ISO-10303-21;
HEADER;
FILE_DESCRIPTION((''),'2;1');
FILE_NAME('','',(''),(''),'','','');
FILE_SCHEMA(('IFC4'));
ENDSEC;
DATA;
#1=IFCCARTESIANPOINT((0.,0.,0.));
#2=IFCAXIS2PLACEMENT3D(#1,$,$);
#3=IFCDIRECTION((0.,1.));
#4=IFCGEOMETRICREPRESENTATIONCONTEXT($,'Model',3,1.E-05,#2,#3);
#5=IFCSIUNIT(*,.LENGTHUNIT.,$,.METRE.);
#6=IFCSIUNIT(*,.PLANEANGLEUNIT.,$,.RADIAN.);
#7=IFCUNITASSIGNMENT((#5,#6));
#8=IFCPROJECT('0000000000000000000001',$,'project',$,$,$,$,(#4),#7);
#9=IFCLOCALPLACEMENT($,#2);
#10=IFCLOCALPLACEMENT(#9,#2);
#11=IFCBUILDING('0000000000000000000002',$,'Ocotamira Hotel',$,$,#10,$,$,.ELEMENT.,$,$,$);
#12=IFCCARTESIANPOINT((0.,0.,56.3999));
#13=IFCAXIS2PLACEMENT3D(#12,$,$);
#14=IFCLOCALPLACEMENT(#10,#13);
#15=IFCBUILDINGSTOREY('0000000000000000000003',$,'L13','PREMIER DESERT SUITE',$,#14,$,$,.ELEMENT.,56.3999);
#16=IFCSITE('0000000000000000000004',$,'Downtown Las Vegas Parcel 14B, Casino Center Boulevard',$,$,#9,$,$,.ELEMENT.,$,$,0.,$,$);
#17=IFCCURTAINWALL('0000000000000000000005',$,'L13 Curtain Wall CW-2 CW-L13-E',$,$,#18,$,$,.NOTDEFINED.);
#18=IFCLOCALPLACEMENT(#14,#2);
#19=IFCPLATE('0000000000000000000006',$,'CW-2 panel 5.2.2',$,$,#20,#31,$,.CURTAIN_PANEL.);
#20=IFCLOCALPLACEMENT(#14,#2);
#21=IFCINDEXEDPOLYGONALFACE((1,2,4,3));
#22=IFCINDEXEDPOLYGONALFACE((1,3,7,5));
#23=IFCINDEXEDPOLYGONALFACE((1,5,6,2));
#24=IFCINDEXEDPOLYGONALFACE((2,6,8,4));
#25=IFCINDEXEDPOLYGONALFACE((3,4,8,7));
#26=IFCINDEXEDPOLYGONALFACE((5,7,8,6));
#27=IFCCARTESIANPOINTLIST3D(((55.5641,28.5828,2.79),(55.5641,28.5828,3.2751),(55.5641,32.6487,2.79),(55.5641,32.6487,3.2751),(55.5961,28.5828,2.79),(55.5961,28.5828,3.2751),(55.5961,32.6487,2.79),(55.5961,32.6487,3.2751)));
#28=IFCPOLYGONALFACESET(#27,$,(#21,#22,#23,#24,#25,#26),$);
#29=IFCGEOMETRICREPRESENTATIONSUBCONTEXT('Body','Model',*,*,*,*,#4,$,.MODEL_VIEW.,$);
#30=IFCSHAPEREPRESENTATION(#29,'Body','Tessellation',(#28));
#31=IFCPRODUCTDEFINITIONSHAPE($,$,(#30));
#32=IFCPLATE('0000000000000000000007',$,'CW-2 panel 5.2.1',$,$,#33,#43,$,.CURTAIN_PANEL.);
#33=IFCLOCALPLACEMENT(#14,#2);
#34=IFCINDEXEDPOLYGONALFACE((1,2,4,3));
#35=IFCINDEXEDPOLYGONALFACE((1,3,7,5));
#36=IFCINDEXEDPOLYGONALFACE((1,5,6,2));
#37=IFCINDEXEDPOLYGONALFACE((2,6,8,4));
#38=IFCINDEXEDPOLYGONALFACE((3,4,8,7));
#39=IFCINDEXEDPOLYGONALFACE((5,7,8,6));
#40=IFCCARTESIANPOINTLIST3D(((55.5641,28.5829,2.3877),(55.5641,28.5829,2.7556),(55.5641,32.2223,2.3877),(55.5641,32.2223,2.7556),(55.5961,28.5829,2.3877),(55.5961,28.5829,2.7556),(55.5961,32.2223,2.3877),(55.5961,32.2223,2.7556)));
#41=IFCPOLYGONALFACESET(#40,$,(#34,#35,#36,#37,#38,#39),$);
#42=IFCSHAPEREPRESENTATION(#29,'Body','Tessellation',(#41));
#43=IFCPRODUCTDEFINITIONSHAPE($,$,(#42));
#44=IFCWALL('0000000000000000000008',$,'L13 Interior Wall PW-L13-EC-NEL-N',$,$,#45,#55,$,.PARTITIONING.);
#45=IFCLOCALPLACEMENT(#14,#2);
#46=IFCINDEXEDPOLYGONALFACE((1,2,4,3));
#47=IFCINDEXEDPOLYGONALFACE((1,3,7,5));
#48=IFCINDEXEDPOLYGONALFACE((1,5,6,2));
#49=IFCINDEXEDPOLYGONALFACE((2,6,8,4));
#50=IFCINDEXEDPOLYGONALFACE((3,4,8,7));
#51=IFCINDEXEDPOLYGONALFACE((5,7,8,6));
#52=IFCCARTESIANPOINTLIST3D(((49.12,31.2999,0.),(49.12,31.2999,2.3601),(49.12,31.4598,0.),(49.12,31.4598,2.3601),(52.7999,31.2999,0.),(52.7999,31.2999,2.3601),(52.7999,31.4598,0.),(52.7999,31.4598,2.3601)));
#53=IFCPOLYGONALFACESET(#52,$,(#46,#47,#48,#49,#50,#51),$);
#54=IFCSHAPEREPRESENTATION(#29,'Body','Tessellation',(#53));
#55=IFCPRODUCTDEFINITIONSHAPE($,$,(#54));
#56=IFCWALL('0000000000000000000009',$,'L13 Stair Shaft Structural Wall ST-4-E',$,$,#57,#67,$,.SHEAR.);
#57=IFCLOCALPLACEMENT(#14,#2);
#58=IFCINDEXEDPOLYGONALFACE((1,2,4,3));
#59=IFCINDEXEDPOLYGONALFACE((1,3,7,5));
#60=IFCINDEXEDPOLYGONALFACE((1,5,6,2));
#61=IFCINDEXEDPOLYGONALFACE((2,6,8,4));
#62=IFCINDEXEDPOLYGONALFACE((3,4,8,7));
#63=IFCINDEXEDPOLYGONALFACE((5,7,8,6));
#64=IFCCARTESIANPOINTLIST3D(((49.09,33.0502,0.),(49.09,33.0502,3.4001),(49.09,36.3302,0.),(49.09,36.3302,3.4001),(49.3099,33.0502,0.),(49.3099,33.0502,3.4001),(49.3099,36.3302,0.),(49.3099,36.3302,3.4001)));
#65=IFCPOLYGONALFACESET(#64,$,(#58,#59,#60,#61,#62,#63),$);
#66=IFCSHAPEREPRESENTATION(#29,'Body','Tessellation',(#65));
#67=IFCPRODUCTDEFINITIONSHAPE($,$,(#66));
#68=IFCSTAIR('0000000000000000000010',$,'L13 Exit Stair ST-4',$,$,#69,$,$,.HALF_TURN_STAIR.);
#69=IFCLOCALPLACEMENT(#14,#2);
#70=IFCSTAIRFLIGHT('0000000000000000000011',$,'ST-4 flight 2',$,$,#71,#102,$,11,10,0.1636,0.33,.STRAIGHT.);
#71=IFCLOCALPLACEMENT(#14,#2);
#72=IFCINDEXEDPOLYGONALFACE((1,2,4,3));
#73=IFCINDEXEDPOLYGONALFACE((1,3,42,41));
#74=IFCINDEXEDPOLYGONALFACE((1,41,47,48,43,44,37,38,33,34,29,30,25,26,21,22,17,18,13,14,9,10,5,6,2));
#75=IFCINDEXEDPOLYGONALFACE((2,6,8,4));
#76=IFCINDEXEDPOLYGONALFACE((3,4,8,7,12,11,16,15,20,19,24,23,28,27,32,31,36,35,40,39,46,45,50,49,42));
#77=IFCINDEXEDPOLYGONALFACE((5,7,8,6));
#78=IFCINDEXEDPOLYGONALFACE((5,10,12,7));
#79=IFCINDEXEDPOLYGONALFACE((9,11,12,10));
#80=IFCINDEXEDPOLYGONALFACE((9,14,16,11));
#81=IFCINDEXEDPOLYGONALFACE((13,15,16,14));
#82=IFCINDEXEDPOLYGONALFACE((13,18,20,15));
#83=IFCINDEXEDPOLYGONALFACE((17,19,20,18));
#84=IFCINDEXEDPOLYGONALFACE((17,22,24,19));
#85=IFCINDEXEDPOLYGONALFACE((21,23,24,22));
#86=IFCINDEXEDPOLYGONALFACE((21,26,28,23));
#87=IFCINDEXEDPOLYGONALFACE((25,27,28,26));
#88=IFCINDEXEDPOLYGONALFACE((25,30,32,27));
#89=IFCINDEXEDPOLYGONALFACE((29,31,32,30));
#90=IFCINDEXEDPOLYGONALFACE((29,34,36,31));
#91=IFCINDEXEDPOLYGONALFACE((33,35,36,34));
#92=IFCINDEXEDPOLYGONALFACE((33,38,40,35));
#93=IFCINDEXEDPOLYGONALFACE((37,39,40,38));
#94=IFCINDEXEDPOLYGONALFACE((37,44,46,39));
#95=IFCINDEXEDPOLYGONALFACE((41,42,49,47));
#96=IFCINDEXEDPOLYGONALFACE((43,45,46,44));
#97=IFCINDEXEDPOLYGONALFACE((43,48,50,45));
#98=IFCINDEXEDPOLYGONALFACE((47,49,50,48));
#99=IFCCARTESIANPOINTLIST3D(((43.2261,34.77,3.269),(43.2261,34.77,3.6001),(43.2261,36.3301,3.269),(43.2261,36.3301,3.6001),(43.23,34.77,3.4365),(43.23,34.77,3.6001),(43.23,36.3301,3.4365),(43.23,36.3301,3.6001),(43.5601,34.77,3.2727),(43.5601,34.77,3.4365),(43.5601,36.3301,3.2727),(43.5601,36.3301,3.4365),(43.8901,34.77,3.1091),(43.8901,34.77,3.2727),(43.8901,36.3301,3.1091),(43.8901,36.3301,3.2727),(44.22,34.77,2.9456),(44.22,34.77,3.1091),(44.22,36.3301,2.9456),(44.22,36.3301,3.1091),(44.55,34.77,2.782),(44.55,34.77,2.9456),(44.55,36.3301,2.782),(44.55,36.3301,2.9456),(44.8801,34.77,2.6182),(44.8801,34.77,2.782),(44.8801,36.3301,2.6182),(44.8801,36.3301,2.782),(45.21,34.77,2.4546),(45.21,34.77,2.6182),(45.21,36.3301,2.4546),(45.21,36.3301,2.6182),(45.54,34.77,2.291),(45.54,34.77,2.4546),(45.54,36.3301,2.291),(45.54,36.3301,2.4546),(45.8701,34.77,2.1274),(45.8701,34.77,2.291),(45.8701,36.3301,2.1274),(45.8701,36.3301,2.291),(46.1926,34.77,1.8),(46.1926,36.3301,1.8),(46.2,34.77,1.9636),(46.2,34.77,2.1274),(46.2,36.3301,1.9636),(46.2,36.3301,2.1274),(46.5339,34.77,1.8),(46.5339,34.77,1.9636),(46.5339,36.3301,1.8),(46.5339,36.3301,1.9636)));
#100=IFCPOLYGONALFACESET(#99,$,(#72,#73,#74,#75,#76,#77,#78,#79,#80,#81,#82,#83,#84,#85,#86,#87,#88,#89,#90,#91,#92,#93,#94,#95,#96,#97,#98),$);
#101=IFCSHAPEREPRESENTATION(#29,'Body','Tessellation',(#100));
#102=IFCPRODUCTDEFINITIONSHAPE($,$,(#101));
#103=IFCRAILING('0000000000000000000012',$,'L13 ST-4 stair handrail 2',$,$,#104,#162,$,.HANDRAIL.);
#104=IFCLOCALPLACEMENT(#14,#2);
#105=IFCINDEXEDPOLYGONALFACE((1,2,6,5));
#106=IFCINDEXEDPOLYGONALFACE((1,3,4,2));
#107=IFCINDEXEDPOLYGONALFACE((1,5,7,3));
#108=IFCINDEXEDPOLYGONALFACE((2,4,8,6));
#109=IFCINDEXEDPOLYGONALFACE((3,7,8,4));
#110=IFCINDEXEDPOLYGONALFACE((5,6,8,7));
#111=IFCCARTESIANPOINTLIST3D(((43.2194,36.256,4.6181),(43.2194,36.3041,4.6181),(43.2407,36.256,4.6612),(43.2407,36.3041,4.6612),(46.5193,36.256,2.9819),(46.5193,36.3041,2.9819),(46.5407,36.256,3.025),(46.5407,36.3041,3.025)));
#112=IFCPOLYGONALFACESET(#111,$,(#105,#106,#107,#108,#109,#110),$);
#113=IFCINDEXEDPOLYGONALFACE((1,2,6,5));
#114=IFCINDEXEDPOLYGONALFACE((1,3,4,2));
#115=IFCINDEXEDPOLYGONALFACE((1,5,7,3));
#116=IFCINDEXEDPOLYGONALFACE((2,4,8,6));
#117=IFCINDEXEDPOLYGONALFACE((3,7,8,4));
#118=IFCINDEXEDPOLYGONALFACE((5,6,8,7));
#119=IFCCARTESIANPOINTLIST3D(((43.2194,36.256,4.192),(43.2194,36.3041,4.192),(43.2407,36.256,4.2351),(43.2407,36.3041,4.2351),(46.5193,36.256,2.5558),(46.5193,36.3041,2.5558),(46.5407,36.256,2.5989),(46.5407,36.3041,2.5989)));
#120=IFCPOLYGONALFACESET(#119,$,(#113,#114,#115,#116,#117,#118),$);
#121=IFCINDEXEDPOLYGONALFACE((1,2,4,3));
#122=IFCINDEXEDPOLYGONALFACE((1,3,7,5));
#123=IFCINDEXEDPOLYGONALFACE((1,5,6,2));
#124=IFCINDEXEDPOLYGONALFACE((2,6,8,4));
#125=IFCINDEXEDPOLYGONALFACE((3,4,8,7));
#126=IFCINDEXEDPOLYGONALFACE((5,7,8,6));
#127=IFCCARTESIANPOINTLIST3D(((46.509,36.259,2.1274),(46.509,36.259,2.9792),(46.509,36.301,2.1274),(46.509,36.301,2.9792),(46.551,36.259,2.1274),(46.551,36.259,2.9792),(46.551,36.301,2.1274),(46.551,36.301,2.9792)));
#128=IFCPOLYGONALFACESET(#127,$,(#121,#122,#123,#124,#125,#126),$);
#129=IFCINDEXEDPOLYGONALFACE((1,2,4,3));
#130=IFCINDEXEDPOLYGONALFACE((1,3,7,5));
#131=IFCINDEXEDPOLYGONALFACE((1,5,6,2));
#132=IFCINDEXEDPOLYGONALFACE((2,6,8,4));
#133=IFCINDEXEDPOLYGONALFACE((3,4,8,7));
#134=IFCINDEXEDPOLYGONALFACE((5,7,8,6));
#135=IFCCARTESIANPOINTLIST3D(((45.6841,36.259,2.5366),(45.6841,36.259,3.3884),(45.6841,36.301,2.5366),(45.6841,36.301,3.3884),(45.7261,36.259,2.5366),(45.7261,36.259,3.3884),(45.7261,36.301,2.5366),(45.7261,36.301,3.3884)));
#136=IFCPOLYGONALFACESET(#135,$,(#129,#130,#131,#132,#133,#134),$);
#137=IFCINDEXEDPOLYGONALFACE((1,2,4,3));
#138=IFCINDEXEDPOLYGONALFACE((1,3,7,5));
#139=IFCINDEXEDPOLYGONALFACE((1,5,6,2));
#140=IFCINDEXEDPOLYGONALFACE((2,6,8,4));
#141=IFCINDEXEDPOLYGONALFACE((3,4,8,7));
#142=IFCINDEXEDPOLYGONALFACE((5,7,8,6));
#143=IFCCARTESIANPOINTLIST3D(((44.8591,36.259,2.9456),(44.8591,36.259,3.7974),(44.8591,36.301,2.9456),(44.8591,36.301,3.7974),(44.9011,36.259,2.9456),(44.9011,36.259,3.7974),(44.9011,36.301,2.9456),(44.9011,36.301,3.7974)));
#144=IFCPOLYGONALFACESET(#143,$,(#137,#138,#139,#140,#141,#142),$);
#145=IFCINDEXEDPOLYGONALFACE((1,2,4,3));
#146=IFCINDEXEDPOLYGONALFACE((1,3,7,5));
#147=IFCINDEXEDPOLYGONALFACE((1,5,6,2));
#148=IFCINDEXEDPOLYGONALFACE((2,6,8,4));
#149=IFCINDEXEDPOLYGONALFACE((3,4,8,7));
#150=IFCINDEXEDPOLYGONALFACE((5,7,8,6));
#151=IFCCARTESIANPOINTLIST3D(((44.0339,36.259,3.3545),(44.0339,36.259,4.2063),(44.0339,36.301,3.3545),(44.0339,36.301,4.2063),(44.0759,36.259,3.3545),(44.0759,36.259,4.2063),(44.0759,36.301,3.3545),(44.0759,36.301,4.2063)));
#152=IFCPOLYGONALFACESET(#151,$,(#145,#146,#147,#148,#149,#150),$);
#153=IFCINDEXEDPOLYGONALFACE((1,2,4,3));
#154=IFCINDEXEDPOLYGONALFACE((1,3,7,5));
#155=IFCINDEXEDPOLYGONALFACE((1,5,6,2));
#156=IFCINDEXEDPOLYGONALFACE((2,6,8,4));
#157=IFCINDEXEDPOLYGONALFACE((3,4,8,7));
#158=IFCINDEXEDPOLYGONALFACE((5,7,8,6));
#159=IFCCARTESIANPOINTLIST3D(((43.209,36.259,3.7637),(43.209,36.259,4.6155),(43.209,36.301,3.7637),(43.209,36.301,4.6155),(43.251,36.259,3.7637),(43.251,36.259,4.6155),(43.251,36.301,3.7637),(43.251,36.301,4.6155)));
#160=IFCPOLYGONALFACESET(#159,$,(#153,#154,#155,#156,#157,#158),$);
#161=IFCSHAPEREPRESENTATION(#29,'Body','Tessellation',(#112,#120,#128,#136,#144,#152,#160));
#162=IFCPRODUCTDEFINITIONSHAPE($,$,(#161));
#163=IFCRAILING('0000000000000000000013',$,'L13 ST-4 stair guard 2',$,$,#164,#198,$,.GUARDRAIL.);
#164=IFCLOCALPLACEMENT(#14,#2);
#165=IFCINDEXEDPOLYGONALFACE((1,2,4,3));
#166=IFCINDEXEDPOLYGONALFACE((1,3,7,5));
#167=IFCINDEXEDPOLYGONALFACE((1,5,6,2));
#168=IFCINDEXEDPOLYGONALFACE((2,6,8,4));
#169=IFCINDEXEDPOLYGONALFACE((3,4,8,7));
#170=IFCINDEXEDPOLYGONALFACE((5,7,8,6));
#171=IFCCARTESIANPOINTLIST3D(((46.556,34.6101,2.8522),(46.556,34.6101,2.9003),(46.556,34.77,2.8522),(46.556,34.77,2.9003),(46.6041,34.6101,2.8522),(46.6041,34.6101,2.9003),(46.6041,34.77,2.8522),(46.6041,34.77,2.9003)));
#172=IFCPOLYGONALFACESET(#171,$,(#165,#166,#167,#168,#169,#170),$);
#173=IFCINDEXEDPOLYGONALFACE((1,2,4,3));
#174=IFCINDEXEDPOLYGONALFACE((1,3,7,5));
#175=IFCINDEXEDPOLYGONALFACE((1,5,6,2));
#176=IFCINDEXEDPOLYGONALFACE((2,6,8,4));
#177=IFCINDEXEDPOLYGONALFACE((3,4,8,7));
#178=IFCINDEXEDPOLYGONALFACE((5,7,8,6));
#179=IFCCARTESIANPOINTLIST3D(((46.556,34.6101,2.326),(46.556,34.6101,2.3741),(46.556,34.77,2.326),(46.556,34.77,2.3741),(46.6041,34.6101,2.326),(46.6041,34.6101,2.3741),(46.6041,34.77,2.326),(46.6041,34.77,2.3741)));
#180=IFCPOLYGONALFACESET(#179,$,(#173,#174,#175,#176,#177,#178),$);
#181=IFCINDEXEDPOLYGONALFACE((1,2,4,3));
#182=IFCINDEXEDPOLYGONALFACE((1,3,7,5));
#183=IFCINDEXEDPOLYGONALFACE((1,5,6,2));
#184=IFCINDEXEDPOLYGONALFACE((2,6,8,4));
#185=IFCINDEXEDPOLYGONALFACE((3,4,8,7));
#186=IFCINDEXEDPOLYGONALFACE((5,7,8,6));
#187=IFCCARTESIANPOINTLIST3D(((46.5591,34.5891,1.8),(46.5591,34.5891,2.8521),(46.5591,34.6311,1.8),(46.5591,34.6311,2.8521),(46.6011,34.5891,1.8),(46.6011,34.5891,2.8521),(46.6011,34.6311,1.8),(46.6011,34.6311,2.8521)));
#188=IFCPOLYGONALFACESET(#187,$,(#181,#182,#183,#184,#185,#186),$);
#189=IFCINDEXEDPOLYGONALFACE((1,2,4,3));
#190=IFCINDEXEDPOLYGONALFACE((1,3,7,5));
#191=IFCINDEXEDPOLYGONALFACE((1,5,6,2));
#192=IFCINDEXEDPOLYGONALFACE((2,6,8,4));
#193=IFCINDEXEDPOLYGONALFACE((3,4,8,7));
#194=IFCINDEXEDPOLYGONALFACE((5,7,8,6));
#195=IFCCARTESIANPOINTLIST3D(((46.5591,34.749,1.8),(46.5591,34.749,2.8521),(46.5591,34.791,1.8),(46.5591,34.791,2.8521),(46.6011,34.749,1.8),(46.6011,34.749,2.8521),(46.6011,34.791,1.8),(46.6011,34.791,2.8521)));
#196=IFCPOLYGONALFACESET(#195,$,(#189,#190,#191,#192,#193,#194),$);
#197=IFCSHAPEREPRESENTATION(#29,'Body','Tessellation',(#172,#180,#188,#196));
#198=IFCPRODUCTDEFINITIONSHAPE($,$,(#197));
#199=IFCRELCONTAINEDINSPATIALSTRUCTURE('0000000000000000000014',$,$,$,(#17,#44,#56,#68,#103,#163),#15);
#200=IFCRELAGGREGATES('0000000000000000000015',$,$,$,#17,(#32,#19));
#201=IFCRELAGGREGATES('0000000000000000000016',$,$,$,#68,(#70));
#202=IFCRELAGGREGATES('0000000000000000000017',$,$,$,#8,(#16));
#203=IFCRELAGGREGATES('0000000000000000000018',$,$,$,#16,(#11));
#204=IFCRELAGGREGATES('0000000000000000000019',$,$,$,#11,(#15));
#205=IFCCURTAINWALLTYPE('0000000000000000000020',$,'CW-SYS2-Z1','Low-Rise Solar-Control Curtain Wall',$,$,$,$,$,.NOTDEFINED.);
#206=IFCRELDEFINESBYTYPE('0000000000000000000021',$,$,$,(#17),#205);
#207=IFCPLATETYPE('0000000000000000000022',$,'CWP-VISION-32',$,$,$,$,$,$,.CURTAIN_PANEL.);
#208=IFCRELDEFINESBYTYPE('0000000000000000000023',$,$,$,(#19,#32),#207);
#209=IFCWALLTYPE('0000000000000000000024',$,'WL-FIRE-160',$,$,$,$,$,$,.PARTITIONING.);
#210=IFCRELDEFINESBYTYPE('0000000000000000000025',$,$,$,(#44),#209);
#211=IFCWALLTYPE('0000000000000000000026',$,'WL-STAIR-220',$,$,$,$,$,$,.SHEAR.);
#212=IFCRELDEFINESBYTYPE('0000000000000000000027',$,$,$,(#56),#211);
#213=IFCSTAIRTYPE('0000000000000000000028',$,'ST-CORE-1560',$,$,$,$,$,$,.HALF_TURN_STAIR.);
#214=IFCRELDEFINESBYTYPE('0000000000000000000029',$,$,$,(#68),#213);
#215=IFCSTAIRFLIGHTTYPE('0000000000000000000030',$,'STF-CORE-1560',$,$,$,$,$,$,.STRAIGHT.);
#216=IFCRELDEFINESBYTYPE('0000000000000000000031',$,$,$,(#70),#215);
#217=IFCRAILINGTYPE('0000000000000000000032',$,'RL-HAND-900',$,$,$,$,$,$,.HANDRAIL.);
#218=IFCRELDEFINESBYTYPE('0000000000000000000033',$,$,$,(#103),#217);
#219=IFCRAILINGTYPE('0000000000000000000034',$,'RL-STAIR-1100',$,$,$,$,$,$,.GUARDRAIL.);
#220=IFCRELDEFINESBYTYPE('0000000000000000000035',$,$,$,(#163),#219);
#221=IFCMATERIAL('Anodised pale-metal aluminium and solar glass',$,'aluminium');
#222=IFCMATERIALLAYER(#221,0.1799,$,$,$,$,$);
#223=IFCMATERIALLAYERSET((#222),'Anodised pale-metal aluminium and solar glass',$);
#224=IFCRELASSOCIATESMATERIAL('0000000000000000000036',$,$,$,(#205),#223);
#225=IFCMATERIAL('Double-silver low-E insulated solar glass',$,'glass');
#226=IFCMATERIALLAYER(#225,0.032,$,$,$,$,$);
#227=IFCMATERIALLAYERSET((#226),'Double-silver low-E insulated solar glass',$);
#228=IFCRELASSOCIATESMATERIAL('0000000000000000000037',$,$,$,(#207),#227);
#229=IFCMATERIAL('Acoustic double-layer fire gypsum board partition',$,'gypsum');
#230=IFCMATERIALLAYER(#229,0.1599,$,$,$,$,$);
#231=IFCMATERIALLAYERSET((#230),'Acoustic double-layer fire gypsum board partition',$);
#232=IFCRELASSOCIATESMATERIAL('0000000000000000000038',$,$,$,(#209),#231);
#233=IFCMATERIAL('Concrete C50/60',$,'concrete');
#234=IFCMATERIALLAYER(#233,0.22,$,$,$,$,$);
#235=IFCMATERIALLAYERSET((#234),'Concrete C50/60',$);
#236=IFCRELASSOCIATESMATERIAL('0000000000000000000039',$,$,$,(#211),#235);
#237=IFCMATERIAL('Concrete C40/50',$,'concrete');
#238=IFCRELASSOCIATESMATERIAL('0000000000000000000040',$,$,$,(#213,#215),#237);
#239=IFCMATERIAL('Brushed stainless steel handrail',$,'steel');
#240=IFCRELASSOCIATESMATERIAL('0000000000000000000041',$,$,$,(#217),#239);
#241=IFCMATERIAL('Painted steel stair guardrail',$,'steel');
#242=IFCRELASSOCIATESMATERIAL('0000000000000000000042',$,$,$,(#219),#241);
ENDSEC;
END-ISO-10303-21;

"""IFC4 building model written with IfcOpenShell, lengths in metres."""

from ifc_helpers import new_model, si_unit, direction, frame, frame_2d, origin, origin_2d, place, context, subcontext, project, spatial, polyline, rectangle, outline, extrude, source, transform, mapped, material, layer, layer_set, type_object, element, aggregate, save


model = new_model("IFC4")

# Units and contexts
model_context = context("Model", 3, precision=1e-05, world=origin(), true_north=direction((0.0, 1.0)))
body_context = subcontext(model_context, "Body", "Model", "MODEL_VIEW")
ifc_project = project(units=[si_unit("LENGTHUNIT", "METRE"), si_unit("PLANEANGLEUNIT", "RADIAN")], contexts=[model_context])

# Site, building, storey
site_placement = place(None, origin())
site = spatial("IfcSite", under=ifc_project, at=site_placement, Name="Downtown Las Vegas Parcel 14B, Casino Center Boulevard", CompositionType="ELEMENT", RefElevation=0.0)
building_placement = place(site_placement, origin())
building = spatial("IfcBuilding", under=site, at=building_placement, Name="Ocotamira Hotel", CompositionType="ELEMENT")
storey_placement = place(building_placement, frame((0.0, 0.0, 56.3999)))
storey = spatial("IfcBuildingStorey", under=building, at=storey_placement, Name="L13", Description="PREMIER DESERT SUITE", CompositionType="ELEMENT", Elevation=56.3999)

# Curtain wall
ifc_material_1 = material(Name="Anodised pale-metal aluminium and solar glass", Category="aluminium")
ifc_layer_1 = layer(ifc_material_1, 0.1799)
ifc_layer_set_1 = layer_set([ifc_layer_1], Name="Anodised pale-metal aluminium and solar glass")
curtain_wall_type = type_object("IfcCurtainWallType", Name="CW-SYS2-Z1", Description="Low-Rise Solar-Control Curtain Wall", PredefinedType="NOTDEFINED", material=ifc_layer_set_1)
curtain_wall_placement = place(storey_placement, origin())
curtain_wall = element("IfcCurtainWall", 1, at=curtain_wall_placement, inside=storey, type_object=curtain_wall_type, Name="L13 Curtain Wall CW-2 CW-L13-E", PredefinedType="NOTDEFINED")

# Plates
ifc_material_2 = material(Name="Double-silver low-E insulated solar glass", Category="glass")
ifc_layer_2 = layer(ifc_material_2, 0.032)
ifc_layer_set_2 = layer_set([ifc_layer_2], Name="Double-silver low-E insulated solar glass")
plate_type_1 = type_object("IfcPlateType", Name="CWP-VISION-32", PredefinedType="CURTAIN_PANEL", material=ifc_layer_set_2)
shared_shape_1 = source(origin(), body_context, "Body", "SweptSolid", [
    extrude(rectangle(XDim=4.0659, YDim=0.032, at=origin_2d()), origin(), (0.0, 0.0, 1.0), 0.4851),
])
plate_1_placement = place(storey_placement, frame((55.5801, 30.6157, 2.79), z_axis=(0.0, 0.0, 1.0), x_axis=(0.0, 1.0, 0.0)))
plate_1 = element("IfcPlate", 2, at=plate_1_placement, type_object=plate_type_1, Name="CW-2 panel 5.2.2", PredefinedType="CURTAIN_PANEL", context=body_context, shape_type="MappedRepresentation", body=[
    mapped(shared_shape_1, transform((0.0, 0.0, 0.0), scale=1.0)),
])
shared_shape_2 = source(origin(), body_context, "Body", "SweptSolid", [
    extrude(rectangle(XDim=3.6394, YDim=0.032, at=origin_2d()), origin(), (0.0, 0.0, 1.0), 0.3679),
])
plate_2_placement = place(storey_placement, frame((55.5801, 30.4026, 2.3877), z_axis=(0.0, 0.0, 1.0), x_axis=(0.0, 1.0, 0.0)))
plate_2 = element("IfcPlate", 3, at=plate_2_placement, type_object=plate_type_1, Name="CW-2 panel 5.2.1", PredefinedType="CURTAIN_PANEL", context=body_context, shape_type="MappedRepresentation", body=[
    mapped(shared_shape_2, transform((0.0, 0.0, 0.0), scale=1.0)),
])
aggregate(curtain_wall, [plate_2, plate_1])

# Walls
ifc_material_3 = material(Name="Acoustic double-layer fire gypsum board partition", Category="gypsum")
ifc_layer_3 = layer(ifc_material_3, 0.1599)
ifc_layer_set_3 = layer_set([ifc_layer_3], Name="Acoustic double-layer fire gypsum board partition")
wall_type_1 = type_object("IfcWallType", Name="WL-FIRE-160", PredefinedType="PARTITIONING", material=ifc_layer_set_3)
wall_1_placement = place(storey_placement, frame((49.1201, 31.3799, 0.0), z_axis=(0.0, 0.0, 1.0), x_axis=(1.0, 0.0, 0.0)))
element("IfcWall", 4, at=wall_1_placement, inside=storey, type_object=wall_type_1, Name="L13 Interior Wall PW-L13-EC-NEL-N", PredefinedType="PARTITIONING", context=body_context, shape_type="SweptSolid", body=[
    extrude(rectangle(XDim=3.6799, YDim=0.1599, at=frame_2d((1.8398, 0.0))), origin(), (0.0, 0.0, 1.0), 2.3601),
])
ifc_material_4 = material(Name="Concrete C50/60", Category="concrete")
ifc_layer_4 = layer(ifc_material_4, 0.22)
ifc_layer_set_4 = layer_set([ifc_layer_4], Name="Concrete C50/60")
wall_type_2 = type_object("IfcWallType", Name="WL-STAIR-220", PredefinedType="SHEAR", material=ifc_layer_set_4)
wall_2_placement = place(storey_placement, frame((49.2, 33.05, 0.0), z_axis=(0.0, 0.0, 1.0), x_axis=(0.0, 1.0, 0.0)))
element("IfcWall", 5, at=wall_2_placement, inside=storey, type_object=wall_type_2, Name="L13 Stair Shaft Structural Wall ST-4-E", PredefinedType="SHEAR", context=body_context, shape_type="SweptSolid", body=[
    extrude(rectangle(XDim=3.28, YDim=0.22, at=frame_2d((1.6401, 0.0))), origin(), (0.0, 0.0, 1.0), 3.4001),
])

# Stair, stair flight
ifc_material_5 = material(Name="Concrete C40/50", Category="concrete")
stair_type = type_object("IfcStairType", Name="ST-CORE-1560", PredefinedType="HALF_TURN_STAIR", material=ifc_material_5)
stair_placement = place(storey_placement, origin())
stair = element("IfcStair", 6, at=stair_placement, inside=storey, type_object=stair_type, Name="L13 Exit Stair ST-4", PredefinedType="HALF_TURN_STAIR")
stair_flight_type = type_object("IfcStairFlightType", Name="STF-CORE-1560", PredefinedType="STRAIGHT", material=ifc_material_5)
shared_shape_3 = source(origin(), body_context, "Body", "SweptSolid", [
    extrude(outline(polyline([(-0.0039, 0.0), (-0.0039, 0.1636), (0.3301, 0.1636), (0.3301, 0.3274), (0.6599, 0.3274), (0.6599, 0.491), (0.99, 0.491), (0.99, 0.6545), (1.3201, 0.6545), (1.3201, 0.8181), (1.6499, 0.8181), (1.6499, 0.9819), (1.98, 0.9819), (1.98, 1.1455), (2.3101, 1.1455), (2.3101, 1.3091), (2.6399, 1.3091), (2.6399, 1.4727), (2.97, 1.4727), (2.97, 1.6365), (3.3, 1.6365), (3.3, 1.8), (3.304, 1.8), (3.304, 1.469), (0.3374, 0.0), (-0.0039, 0.0)])), frame((0.0, 0.78, 0.0), z_axis=(0.0, -1.0, 0.0), x_axis=(1.0, 0.0, 0.0)), (0.0, 0.0, 1.0), 1.5601),
])
stair_flight_placement = place(storey_placement, frame((46.53, 35.55, 1.8), z_axis=(0.0, 0.0, 1.0), x_axis=(-1.0, 0.0, 0.0)))
stair_flight = element("IfcStairFlight", 7, at=stair_flight_placement, type_object=stair_flight_type, Name="ST-4 flight 2", NumberOfRisers=11, NumberOfTreads=10, PredefinedType="STRAIGHT", RiserHeight=0.1636, TreadLength=0.33, context=body_context, shape_type="MappedRepresentation", body=[
    mapped(shared_shape_3, transform((0.0, 0.0, 0.0), scale=1.0)),
])
aggregate(stair, [stair_flight])

# Railings
ifc_material_6 = material(Name="Brushed stainless steel handrail", Category="steel")
railing_type_1 = type_object("IfcRailingType", Name="RL-HAND-900", PredefinedType="HANDRAIL", material=ifc_material_6)
railing_1_placement = place(storey_placement, frame((46.53, 36.28, 2.1274)))
element("IfcRailing", 8, at=railing_1_placement, inside=storey, type_object=railing_type_1, Name="L13 ST-4 stair handrail 2", PredefinedType="HANDRAIL", context=body_context, shape_type="SweptSolid", body=[
    extrude(rectangle(XDim=0.0481, YDim=0.0481, at=origin_2d()), frame((0.0, 0.0, 0.876), z_axis=(-0.89592, 0.0, 0.444215), x_axis=(0.0, -1.0, 0.0)), (0.0, 0.0, 1.0), 3.6833),
    extrude(rectangle(XDim=0.0481, YDim=0.0481, at=origin_2d()), frame((0.0, 0.0, 0.45), z_axis=(-0.89592, 0.0, 0.444215), x_axis=(0.0, -1.0, 0.0)), (0.0, 0.0, 1.0), 3.6833),
    extrude(rectangle(XDim=0.042, YDim=0.042, at=origin_2d()), origin(), (0.0, 0.0, 1.0), 0.8518),
    extrude(rectangle(XDim=0.042, YDim=0.042, at=origin_2d()), frame((-0.825, 0.0, 0.4092)), (0.0, 0.0, 1.0), 0.8518),
    extrude(rectangle(XDim=0.042, YDim=0.042, at=origin_2d()), frame((-1.6499, 0.0, 0.8181)), (0.0, 0.0, 1.0), 0.8518),
    extrude(rectangle(XDim=0.042, YDim=0.042, at=origin_2d()), frame((-2.4751, 0.0, 1.2271)), (0.0, 0.0, 1.0), 0.8518),
    extrude(rectangle(XDim=0.042, YDim=0.042, at=origin_2d()), frame((-3.3, 0.0, 1.6362)), (0.0, 0.0, 1.0), 0.8518),
])
ifc_material_7 = material(Name="Painted steel stair guardrail", Category="steel")
railing_type_2 = type_object("IfcRailingType", Name="RL-STAIR-1100", PredefinedType="GUARDRAIL", material=ifc_material_7)
railing_2_placement = place(storey_placement, frame((46.5801, 34.6101, 1.8)))
element("IfcRailing", 9, at=railing_2_placement, inside=storey, type_object=railing_type_2, Name="L13 ST-4 stair guard 2", PredefinedType="GUARDRAIL", context=body_context, shape_type="SweptSolid", body=[
    extrude(rectangle(XDim=0.0481, YDim=0.0481, at=origin_2d()), frame((0.0, 0.0, 1.0762), z_axis=(0.0, 1.0, 0.0), x_axis=(-1.0, 0.0, 0.0)), (0.0, 0.0, 1.0), 0.1599),
    extrude(rectangle(XDim=0.0481, YDim=0.0481, at=origin_2d()), frame((0.0, 0.0, 0.55), z_axis=(0.0, 1.0, 0.0), x_axis=(-1.0, 0.0, 0.0)), (0.0, 0.0, 1.0), 0.1599),
    extrude(rectangle(XDim=0.042, YDim=0.042, at=origin_2d()), origin(), (0.0, 0.0, 1.0), 1.052),
    extrude(rectangle(XDim=0.042, YDim=0.042, at=origin_2d()), frame((0.0, 0.1599, 0.0)), (0.0, 0.0, 1.0), 1.052),
])

save(model, "model.ifc")
